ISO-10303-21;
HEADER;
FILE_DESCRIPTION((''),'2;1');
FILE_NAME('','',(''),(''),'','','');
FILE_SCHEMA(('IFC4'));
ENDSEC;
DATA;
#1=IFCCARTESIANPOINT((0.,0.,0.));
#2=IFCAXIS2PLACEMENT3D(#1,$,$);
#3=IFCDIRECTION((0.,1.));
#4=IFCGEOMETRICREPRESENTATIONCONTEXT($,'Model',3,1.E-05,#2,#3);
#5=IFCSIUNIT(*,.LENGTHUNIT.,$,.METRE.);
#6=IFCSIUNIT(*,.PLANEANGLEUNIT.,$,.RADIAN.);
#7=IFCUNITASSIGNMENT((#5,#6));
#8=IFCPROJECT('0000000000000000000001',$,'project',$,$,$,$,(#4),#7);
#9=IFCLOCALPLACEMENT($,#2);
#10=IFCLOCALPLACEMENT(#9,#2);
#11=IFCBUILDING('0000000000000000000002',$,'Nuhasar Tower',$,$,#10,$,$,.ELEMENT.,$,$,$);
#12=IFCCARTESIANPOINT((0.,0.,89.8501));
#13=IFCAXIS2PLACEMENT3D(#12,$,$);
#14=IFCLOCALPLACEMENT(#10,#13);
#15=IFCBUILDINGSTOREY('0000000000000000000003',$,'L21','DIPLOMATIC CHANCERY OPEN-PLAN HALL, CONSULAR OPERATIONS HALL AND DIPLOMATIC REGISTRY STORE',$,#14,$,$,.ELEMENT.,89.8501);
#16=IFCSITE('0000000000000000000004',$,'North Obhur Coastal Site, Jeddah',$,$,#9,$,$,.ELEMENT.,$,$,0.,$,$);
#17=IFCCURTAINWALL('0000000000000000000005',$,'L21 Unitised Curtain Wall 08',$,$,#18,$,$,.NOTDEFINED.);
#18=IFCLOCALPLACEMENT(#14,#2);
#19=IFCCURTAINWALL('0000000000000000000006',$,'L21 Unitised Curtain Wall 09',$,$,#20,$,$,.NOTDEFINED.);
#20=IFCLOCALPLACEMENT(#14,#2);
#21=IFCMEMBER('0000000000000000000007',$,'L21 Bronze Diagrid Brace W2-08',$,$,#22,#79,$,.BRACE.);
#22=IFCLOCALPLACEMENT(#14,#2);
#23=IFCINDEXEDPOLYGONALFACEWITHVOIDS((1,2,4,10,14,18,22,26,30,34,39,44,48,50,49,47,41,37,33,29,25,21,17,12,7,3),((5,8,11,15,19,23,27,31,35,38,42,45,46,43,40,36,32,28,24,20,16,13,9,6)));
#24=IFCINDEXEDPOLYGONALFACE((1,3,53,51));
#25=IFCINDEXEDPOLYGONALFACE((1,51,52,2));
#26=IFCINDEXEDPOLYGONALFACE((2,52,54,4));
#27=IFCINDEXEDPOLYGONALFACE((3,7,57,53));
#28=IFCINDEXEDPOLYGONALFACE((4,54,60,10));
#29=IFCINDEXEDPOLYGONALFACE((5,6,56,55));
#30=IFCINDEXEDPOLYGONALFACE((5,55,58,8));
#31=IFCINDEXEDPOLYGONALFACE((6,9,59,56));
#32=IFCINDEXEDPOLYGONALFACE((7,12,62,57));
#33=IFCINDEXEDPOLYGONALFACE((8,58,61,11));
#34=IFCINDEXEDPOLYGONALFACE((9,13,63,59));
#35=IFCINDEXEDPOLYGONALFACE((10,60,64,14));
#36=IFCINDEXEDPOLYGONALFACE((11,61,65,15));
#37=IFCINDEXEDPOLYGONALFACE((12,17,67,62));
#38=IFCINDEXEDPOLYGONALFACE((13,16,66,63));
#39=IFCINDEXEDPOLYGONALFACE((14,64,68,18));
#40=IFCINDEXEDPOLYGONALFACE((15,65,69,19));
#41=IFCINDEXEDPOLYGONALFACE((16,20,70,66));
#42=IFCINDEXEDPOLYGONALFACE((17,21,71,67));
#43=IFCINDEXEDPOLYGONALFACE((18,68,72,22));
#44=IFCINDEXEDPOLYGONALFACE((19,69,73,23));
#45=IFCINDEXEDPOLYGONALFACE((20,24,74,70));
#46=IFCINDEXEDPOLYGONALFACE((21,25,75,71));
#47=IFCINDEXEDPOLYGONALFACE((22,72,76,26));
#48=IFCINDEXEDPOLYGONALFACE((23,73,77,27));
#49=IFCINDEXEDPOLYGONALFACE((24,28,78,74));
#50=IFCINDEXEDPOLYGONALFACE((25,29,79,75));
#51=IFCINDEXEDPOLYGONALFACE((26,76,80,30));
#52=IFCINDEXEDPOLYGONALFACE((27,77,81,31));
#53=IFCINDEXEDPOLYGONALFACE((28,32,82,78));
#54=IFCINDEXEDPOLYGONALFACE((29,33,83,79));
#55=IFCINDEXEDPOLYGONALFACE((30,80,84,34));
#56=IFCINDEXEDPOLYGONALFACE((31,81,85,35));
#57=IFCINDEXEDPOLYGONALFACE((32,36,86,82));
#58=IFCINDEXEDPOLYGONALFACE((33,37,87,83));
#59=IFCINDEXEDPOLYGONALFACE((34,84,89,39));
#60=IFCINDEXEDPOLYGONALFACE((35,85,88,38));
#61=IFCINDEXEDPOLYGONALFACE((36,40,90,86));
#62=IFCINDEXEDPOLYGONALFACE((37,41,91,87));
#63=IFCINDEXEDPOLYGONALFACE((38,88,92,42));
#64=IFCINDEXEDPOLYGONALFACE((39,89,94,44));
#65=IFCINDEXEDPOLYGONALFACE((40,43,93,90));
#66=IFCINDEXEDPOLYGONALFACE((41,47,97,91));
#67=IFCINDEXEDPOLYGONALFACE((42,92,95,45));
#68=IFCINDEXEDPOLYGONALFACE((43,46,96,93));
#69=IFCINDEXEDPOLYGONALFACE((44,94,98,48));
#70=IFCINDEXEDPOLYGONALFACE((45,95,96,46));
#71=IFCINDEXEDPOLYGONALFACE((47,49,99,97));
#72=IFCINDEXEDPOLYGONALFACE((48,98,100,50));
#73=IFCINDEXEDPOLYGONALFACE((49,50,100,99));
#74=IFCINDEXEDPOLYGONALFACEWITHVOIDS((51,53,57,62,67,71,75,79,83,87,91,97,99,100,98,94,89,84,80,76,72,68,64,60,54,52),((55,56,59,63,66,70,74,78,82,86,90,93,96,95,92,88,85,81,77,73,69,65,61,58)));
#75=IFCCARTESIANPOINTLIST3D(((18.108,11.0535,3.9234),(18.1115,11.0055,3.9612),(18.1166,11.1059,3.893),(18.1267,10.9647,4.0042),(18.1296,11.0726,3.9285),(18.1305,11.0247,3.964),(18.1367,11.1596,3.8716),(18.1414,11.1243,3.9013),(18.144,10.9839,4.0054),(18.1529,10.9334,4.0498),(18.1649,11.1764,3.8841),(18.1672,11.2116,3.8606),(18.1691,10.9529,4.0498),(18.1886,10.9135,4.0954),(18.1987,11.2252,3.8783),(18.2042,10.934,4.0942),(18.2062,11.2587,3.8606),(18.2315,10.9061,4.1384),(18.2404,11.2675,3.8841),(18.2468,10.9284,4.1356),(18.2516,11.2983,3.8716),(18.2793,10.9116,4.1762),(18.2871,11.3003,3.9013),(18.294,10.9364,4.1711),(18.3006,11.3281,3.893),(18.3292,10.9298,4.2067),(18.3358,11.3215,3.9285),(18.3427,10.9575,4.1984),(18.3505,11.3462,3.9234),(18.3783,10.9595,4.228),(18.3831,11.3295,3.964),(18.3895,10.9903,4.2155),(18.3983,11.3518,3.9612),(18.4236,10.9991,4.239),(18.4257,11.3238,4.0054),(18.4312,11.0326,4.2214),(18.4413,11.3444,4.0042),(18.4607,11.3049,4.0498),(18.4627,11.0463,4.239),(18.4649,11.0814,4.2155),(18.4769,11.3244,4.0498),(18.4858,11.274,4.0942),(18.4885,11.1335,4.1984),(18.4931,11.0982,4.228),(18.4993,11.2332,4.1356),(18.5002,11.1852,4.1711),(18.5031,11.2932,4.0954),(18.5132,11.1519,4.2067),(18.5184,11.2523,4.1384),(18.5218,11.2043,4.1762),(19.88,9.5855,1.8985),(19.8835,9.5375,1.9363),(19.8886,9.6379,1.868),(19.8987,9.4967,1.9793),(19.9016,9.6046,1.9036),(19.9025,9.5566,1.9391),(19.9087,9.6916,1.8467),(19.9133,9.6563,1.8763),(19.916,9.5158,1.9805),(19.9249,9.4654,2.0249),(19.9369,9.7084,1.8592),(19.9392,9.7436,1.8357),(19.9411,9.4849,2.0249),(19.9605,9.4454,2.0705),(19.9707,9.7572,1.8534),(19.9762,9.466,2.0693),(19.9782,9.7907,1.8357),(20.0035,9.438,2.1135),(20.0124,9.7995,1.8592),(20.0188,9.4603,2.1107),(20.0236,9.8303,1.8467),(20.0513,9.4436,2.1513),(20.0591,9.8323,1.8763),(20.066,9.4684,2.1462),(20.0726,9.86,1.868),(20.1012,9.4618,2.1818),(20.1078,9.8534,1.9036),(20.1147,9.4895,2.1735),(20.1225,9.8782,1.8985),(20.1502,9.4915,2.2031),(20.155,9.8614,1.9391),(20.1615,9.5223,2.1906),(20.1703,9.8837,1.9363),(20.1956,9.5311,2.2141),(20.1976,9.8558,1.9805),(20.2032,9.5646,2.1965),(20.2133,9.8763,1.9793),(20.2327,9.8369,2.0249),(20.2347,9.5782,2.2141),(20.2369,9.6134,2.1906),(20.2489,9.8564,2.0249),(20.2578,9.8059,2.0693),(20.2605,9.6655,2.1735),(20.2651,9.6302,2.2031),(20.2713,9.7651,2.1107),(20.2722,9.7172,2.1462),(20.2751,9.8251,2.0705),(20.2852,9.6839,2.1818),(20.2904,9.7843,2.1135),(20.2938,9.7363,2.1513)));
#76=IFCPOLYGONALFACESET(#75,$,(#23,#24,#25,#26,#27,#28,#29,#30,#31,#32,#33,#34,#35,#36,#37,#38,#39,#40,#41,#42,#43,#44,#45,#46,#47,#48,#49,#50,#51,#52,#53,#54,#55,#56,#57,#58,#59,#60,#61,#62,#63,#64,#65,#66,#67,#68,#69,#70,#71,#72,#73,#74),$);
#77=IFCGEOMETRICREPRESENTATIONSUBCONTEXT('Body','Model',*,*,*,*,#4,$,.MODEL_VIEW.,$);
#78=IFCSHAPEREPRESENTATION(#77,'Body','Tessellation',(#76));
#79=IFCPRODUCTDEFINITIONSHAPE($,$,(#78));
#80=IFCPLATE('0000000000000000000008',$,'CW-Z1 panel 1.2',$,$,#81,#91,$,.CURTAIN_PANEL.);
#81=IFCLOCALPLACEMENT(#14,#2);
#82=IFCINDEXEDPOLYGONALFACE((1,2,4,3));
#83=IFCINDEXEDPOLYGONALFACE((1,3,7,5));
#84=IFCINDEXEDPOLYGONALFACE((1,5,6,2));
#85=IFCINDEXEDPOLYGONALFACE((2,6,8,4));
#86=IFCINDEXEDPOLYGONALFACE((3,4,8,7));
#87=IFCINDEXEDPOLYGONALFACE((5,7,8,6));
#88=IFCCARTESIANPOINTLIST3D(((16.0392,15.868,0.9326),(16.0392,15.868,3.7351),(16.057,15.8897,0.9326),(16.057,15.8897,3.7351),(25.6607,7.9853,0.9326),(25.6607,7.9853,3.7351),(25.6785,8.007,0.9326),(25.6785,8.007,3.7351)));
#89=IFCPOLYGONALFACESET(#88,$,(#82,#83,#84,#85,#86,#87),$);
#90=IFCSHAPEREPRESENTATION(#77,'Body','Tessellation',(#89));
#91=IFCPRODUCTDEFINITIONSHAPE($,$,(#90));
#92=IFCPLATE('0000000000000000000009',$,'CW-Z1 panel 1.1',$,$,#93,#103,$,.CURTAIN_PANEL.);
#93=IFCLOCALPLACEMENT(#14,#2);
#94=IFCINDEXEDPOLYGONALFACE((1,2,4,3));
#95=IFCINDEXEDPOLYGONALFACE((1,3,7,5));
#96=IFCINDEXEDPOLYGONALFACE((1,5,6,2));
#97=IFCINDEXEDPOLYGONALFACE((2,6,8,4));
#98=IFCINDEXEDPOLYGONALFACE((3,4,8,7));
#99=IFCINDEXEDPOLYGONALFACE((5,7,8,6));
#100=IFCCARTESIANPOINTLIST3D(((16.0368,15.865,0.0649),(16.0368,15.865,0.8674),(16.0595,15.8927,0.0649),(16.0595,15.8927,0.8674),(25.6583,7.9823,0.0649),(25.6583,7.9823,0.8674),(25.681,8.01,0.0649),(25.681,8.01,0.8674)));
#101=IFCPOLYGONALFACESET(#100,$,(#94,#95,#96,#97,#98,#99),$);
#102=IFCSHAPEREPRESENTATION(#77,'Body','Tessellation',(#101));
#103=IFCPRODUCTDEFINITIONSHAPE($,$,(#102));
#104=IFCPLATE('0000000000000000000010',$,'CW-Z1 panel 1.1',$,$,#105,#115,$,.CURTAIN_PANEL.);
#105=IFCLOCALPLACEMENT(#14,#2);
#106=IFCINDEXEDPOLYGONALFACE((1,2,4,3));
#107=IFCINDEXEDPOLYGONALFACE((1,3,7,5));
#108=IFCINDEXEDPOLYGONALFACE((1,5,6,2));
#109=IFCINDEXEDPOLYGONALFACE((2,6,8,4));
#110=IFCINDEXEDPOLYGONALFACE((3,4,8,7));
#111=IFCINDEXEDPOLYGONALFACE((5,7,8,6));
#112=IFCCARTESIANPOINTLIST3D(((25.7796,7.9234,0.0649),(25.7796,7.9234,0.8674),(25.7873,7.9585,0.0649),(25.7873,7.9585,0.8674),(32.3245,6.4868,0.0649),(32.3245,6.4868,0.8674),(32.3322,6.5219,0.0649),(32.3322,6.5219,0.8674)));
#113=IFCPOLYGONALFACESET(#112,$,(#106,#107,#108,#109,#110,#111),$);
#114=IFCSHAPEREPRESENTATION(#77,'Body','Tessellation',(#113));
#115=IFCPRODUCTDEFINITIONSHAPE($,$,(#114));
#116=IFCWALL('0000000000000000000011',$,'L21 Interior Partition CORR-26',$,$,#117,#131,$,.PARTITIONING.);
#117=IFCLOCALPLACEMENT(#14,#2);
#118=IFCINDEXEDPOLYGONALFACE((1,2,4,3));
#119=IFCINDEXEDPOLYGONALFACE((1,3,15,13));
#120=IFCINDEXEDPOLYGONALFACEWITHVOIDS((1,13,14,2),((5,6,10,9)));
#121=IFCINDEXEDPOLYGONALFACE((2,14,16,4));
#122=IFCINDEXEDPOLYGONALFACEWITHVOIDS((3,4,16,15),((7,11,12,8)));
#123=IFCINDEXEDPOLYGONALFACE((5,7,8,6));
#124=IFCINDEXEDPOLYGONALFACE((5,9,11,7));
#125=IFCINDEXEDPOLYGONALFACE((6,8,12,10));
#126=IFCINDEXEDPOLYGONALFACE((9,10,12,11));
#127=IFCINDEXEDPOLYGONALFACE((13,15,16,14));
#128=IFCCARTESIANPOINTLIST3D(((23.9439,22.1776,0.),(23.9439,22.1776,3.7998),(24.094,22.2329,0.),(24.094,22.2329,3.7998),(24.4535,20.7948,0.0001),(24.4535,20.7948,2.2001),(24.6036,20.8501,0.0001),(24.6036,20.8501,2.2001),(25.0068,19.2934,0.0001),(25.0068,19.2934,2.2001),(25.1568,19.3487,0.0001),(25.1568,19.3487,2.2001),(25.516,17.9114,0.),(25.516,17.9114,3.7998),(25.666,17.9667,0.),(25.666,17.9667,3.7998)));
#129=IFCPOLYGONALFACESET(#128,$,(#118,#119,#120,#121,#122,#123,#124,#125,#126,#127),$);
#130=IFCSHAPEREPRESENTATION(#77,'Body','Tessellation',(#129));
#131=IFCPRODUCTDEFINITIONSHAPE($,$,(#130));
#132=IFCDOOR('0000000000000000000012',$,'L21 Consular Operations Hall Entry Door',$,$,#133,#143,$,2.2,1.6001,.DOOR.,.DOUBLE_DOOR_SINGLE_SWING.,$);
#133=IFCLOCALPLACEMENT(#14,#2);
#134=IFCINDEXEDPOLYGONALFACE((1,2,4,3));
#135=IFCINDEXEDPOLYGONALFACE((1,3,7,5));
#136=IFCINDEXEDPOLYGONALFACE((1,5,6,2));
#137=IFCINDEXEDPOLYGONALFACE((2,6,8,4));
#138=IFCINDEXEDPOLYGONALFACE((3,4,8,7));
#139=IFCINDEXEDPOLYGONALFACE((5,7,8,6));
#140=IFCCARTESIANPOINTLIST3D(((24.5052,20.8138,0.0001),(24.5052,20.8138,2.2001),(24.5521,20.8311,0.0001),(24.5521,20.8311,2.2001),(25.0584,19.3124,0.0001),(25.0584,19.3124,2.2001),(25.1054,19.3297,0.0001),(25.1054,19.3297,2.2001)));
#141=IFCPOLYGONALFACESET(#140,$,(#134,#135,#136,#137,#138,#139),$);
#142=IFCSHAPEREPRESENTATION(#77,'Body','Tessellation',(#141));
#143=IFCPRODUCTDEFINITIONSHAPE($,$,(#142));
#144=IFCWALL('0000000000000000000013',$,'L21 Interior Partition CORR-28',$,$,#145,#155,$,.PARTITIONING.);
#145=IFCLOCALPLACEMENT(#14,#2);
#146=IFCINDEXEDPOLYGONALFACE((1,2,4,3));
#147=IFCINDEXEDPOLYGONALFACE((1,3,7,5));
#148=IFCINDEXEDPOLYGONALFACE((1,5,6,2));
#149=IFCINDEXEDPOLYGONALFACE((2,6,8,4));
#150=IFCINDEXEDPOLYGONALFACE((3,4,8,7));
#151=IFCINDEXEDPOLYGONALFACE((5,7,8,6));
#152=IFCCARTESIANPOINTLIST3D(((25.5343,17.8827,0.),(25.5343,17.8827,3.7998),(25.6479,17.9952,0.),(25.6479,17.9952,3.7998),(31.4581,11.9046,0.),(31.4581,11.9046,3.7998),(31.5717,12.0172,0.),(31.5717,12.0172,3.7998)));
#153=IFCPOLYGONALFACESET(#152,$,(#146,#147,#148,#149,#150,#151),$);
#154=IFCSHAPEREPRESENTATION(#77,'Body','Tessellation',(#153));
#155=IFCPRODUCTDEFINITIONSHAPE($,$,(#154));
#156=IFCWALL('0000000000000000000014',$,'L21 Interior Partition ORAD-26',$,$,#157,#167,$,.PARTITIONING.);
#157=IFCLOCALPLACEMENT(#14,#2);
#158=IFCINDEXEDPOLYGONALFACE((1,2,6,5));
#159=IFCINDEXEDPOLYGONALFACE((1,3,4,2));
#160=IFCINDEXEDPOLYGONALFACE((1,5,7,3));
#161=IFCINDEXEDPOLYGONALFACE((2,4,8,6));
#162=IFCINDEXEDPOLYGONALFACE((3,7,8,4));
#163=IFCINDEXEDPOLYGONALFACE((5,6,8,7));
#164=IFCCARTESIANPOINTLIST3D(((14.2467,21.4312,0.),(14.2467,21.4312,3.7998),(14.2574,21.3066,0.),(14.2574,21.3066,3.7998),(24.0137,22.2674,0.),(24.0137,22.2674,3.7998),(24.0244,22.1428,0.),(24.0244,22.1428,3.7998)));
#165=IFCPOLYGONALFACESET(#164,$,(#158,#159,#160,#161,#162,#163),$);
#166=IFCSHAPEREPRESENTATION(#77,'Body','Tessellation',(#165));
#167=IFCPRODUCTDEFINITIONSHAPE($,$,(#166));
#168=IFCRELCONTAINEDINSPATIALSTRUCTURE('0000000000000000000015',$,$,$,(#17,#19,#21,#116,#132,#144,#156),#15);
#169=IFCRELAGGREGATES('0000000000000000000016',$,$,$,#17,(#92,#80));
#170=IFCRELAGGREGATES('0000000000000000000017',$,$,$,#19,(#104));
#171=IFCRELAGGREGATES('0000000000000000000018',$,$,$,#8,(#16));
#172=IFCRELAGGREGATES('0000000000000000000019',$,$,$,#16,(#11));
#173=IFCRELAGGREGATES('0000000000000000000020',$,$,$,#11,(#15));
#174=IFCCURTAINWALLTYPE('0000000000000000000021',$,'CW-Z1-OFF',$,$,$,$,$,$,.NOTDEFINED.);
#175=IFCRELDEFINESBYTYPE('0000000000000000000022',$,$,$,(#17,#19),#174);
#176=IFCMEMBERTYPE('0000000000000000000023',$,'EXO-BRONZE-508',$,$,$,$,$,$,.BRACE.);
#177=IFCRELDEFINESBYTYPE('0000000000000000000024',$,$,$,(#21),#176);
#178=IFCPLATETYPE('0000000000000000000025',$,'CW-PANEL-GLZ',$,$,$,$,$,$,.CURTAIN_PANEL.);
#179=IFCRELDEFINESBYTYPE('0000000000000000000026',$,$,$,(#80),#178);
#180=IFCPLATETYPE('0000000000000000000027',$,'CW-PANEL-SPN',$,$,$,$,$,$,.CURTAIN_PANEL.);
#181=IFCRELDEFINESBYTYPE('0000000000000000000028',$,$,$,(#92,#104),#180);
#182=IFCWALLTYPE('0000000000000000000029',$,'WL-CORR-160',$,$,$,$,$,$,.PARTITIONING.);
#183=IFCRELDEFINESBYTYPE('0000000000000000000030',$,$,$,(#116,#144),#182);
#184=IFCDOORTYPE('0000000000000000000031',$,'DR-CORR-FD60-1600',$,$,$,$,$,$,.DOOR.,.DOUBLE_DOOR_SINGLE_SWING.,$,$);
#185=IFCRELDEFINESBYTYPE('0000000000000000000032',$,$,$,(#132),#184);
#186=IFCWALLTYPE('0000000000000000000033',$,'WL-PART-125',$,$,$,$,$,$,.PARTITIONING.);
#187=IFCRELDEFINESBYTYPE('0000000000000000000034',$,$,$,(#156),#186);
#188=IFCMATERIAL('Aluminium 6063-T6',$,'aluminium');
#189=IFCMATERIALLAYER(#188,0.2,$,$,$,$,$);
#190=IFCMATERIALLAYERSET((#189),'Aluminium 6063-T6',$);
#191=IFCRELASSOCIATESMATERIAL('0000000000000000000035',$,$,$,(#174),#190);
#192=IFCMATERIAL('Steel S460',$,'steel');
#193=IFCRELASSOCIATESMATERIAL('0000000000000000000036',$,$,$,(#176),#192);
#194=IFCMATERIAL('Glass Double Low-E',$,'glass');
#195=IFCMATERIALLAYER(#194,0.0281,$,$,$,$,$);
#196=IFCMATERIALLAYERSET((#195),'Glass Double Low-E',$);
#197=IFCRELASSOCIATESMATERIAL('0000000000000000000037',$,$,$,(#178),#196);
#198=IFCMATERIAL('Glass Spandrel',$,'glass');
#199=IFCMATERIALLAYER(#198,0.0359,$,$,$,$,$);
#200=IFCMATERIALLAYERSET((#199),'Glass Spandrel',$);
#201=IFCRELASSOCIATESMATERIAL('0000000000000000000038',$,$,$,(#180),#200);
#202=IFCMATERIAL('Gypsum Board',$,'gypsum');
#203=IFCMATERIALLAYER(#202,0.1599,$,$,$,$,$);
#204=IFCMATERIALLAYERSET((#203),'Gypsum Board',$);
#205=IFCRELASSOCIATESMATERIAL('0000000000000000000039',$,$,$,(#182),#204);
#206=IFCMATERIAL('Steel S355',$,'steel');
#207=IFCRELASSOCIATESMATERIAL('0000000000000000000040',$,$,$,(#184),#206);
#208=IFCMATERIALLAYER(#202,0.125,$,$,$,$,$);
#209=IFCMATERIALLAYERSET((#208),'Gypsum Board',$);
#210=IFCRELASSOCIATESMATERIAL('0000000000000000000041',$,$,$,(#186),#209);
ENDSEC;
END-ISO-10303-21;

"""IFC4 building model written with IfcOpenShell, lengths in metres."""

from ifc_helpers import new_model, si_unit, direction, frame, frame_2d, origin, origin_2d, place, context, subcontext, project, spatial, rectangle, hollow_circle, extrude, material, layer, layer_set, material_profile, profile_set, type_object, element, fill, aggregate, save


model = new_model("IFC4")

# Units and contexts
model_context = context("Model", 3, precision=1e-05, world=origin(), true_north=direction((0.0, 1.0)))
body_context = subcontext(model_context, "Body", "Model", "MODEL_VIEW")
ifc_project = project(units=[si_unit("LENGTHUNIT", "METRE"), si_unit("PLANEANGLEUNIT", "RADIAN")], contexts=[model_context])

# Site, building, storey
site_placement = place(None, origin())
site = spatial("IfcSite", under=ifc_project, at=site_placement, Name="North Obhur Coastal Site, Jeddah", CompositionType="ELEMENT", RefElevation=0.0)
building_placement = place(site_placement, origin())
building = spatial("IfcBuilding", under=site, at=building_placement, Name="Nuhasar Tower", CompositionType="ELEMENT")
storey_placement = place(building_placement, frame((0.0, 0.0, 89.8501)))
storey = spatial("IfcBuildingStorey", under=building, at=storey_placement, Name="L21", Description="DIPLOMATIC CHANCERY OPEN-PLAN HALL, CONSULAR OPERATIONS HALL AND DIPLOMATIC REGISTRY STORE", CompositionType="ELEMENT", Elevation=89.8501)

# Shared definitions
ifc_material_1 = material(Name="Steel S355", Category="steel")

# Curtain wall
ifc_material_2 = material(Name="Aluminium 6063-T6", Category="aluminium")
ifc_layer_1 = layer(ifc_material_2, 0.2)
ifc_layer_set_1 = layer_set([ifc_layer_1], Name="Aluminium 6063-T6")
curtain_wall_type = type_object("IfcCurtainWallType", Name="CW-Z1-OFF", PredefinedType="NOTDEFINED", material=ifc_layer_set_1)
curtain_wall_1_placement = place(storey_placement, origin())
curtain_wall_1 = element("IfcCurtainWall", 1, at=curtain_wall_1_placement, inside=storey, type_object=curtain_wall_type, Name="L21 Unitised Curtain Wall 08", PredefinedType="NOTDEFINED")

# Curtain wall
curtain_wall_2_placement = place(storey_placement, origin())
curtain_wall_2 = element("IfcCurtainWall", 2, at=curtain_wall_2_placement, inside=storey, type_object=curtain_wall_type, Name="L21 Unitised Curtain Wall 09", PredefinedType="NOTDEFINED")

# Member
ifc_material_3 = material(Name="Steel S460", Category="steel")
ifc_material_profile_1 = material_profile(ifc_material_3, hollow_circle(Radius=0.2539, WallThickness=0.0254, at=origin_2d()), Name="HSS508X25.4")
ifc_profile_set_1 = profile_set([ifc_material_profile_1], Name="Steel S460")
member_type_1 = type_object("IfcMemberType", Name="EXO-BRONZE-508", PredefinedType="BRACE", material=ifc_profile_set_1)
for number, where, z_axis, x_axis, name in (
    (3, (20.0869, 9.6609, 2.0249), (-0.578102, 0.478937, 0.660619), (-0.637969, -0.770062, 0.0), "L21 Bronze Diagrid Brace W2-08"),
):
    element("IfcMember", number, at=place(storey_placement, frame(where, z_axis=z_axis, x_axis=x_axis)), inside=storey, type_object=member_type_1, Name=name, PredefinedType="BRACE", context=body_context, shape_type="SweptSolid", body=[
        extrude(hollow_circle(Radius=0.2539, WallThickness=0.0254, at=origin_2d()), origin(), (0.0, 0.0, 1.0), 3.0652),
    ])

# Plates
ifc_material_4 = material(Name="Glass Double Low-E", Category="glass")
ifc_layer_2 = layer(ifc_material_4, 0.0281)
ifc_layer_set_2 = layer_set([ifc_layer_2], Name="Glass Double Low-E")
plate_type_1 = type_object("IfcPlateType", Name="CW-PANEL-GLZ", PredefinedType="CURTAIN_PANEL", material=ifc_layer_set_2)
plate_1_placement = place(storey_placement, frame((20.8589, 11.9375, 0.9326), z_axis=(0.0, 0.0, 1.0), x_axis=(0.773542, -0.633745, 0.0)))
plate_1 = element("IfcPlate", 4, at=plate_1_placement, type_object=plate_type_1, Name="CW-Z1 panel 1.2", PredefinedType="CURTAIN_PANEL", context=body_context, shape_type="SweptSolid", body=[
    extrude(rectangle(XDim=12.4382, YDim=0.0281, at=origin_2d()), origin(), (0.0, 0.0, 1.0), 2.8025),
])
ifc_material_5 = material(Name="Glass Spandrel", Category="glass")
ifc_layer_3 = layer(ifc_material_5, 0.0359)
ifc_layer_set_3 = layer_set([ifc_layer_3], Name="Glass Spandrel")
plate_type_2 = type_object("IfcPlateType", Name="CW-PANEL-SPN", PredefinedType="CURTAIN_PANEL", material=ifc_layer_set_3)
plate_2_placement = place(storey_placement, frame((20.8589, 11.9375, 0.0649), z_axis=(0.0, 0.0, 1.0), x_axis=(0.773542, -0.633745, 0.0)))
plate_2 = element("IfcPlate", 5, at=plate_2_placement, type_object=plate_type_2, Name="CW-Z1 panel 1.1", PredefinedType="CURTAIN_PANEL", context=body_context, shape_type="SweptSolid", body=[
    extrude(rectangle(XDim=12.4382, YDim=0.0359, at=origin_2d()), origin(), (0.0, 0.0, 1.0), 0.8025),
])
aggregate(curtain_wall_1, [plate_2, plate_1])
plate_3_placement = place(storey_placement, frame((29.0559, 7.2227, 0.0649), z_axis=(0.0, 0.0, 1.0), x_axis=(0.976746, -0.214399, 0.0)))
plate_3 = element("IfcPlate", 6, at=plate_3_placement, type_object=plate_type_2, Name="CW-Z1 panel 1.1", PredefinedType="CURTAIN_PANEL", context=body_context, shape_type="SweptSolid", body=[
    extrude(rectangle(XDim=6.7007, YDim=0.0359, at=origin_2d()), origin(), (0.0, 0.0, 1.0), 0.8025),
])
aggregate(curtain_wall_2, [plate_3])

# Wall, opening, door
ifc_material_6 = material(Name="Gypsum Board", Category="gypsum")
ifc_layer_4 = layer(ifc_material_6, 0.1599)
ifc_layer_set_4 = layer_set([ifc_layer_4], Name="Gypsum Board")
wall_type_1 = type_object("IfcWallType", Name="WL-CORR-160", PredefinedType="PARTITIONING", material=ifc_layer_set_4)
wall_1_placement = place(storey_placement, frame((25.5911, 17.939, 0.0), z_axis=(0.0, 0.0, 1.0), x_axis=(-0.345763, 0.938322, 0.0)))
wall_1 = element("IfcWall", 7, at=wall_1_placement, inside=storey, type_object=wall_type_1, Name="L21 Interior Partition CORR-26", PredefinedType="PARTITIONING", context=body_context, shape_type="SweptSolid", body=[
    extrude(rectangle(XDim=4.5466, YDim=0.1599, at=frame_2d((2.2734, 0.0))), origin(), (0.0, 0.0, 1.0), 3.7998),
])
opening_placement = place(wall_1_placement, frame((1.4729, 0.0, 0.0)))
opening = element("IfcOpeningElement", 8, at=opening_placement, cuts=wall_1, PredefinedType="OPENING", context=body_context, shape_type="SweptSolid", body=[
    extrude(rectangle(XDim=1.6001, YDim=2.2, at=frame_2d((0.8, 1.1001))), frame((0.0, 0.0898, 0.0), z_axis=(0.0, -1.0, 0.0), x_axis=(1.0, 0.0, 0.0)), (0.0, 0.0, 1.0), 0.1799),
])
door_type = type_object("IfcDoorType", Name="DR-CORR-FD60-1600", OperationType="DOUBLE_DOOR_SINGLE_SWING", PredefinedType="DOOR", material=ifc_material_1)
door_placement = place(opening_placement, origin())
door = element("IfcDoor", 9, at=door_placement, inside=storey, type_object=door_type, Name="L21 Consular Operations Hall Entry Door", OperationType="DOUBLE_DOOR_SINGLE_SWING", OverallHeight=2.2, OverallWidth=1.6001, PredefinedType="DOOR", context=body_context, shape_type="SweptSolid", body=[
    extrude(rectangle(XDim=1.6001, YDim=2.2, at=frame_2d((0.8, 1.1001))), frame((0.0, 0.0249, 0.0), z_axis=(0.0, -1.0, 0.0), x_axis=(1.0, 0.0, 0.0)), (0.0, 0.0, 1.0), 0.05),
])
fill(opening, door)

# Walls
wall_2_placement = place(storey_placement, frame((25.5911, 17.939, 0.0), z_axis=(0.0, 0.0, 1.0), x_axis=(0.703879, -0.710319, 0.0)))
element("IfcWall", 10, at=wall_2_placement, inside=storey, type_object=wall_type_1, Name="L21 Interior Partition CORR-28", PredefinedType="PARTITIONING", context=body_context, shape_type="SweptSolid", body=[
    extrude(rectangle(XDim=8.416, YDim=0.1599, at=frame_2d((4.208, 0.0))), origin(), (0.0, 0.0, 1.0), 3.7998),
])
ifc_layer_5 = layer(ifc_material_6, 0.125)
ifc_layer_set_5 = layer_set([ifc_layer_5], Name="Gypsum Board")
wall_type_2 = type_object("IfcWallType", Name="WL-PART-125", PredefinedType="PARTITIONING", material=ifc_layer_set_5)
wall_3_placement = place(storey_placement, frame((24.019, 22.2051, 0.0), z_axis=(0.0, 0.0, 1.0), x_axis=(-0.996355, -0.0853, 0.0)))
element("IfcWall", 11, at=wall_3_placement, inside=storey, type_object=wall_type_2, Name="L21 Interior Partition ORAD-26", PredefinedType="PARTITIONING", context=body_context, shape_type="SweptSolid", body=[
    extrude(rectangle(XDim=9.8027, YDim=0.125, at=frame_2d((4.9014, 0.0))), origin(), (0.0, 0.0, 1.0), 3.7998),
])

save(model, "model.ifc")
